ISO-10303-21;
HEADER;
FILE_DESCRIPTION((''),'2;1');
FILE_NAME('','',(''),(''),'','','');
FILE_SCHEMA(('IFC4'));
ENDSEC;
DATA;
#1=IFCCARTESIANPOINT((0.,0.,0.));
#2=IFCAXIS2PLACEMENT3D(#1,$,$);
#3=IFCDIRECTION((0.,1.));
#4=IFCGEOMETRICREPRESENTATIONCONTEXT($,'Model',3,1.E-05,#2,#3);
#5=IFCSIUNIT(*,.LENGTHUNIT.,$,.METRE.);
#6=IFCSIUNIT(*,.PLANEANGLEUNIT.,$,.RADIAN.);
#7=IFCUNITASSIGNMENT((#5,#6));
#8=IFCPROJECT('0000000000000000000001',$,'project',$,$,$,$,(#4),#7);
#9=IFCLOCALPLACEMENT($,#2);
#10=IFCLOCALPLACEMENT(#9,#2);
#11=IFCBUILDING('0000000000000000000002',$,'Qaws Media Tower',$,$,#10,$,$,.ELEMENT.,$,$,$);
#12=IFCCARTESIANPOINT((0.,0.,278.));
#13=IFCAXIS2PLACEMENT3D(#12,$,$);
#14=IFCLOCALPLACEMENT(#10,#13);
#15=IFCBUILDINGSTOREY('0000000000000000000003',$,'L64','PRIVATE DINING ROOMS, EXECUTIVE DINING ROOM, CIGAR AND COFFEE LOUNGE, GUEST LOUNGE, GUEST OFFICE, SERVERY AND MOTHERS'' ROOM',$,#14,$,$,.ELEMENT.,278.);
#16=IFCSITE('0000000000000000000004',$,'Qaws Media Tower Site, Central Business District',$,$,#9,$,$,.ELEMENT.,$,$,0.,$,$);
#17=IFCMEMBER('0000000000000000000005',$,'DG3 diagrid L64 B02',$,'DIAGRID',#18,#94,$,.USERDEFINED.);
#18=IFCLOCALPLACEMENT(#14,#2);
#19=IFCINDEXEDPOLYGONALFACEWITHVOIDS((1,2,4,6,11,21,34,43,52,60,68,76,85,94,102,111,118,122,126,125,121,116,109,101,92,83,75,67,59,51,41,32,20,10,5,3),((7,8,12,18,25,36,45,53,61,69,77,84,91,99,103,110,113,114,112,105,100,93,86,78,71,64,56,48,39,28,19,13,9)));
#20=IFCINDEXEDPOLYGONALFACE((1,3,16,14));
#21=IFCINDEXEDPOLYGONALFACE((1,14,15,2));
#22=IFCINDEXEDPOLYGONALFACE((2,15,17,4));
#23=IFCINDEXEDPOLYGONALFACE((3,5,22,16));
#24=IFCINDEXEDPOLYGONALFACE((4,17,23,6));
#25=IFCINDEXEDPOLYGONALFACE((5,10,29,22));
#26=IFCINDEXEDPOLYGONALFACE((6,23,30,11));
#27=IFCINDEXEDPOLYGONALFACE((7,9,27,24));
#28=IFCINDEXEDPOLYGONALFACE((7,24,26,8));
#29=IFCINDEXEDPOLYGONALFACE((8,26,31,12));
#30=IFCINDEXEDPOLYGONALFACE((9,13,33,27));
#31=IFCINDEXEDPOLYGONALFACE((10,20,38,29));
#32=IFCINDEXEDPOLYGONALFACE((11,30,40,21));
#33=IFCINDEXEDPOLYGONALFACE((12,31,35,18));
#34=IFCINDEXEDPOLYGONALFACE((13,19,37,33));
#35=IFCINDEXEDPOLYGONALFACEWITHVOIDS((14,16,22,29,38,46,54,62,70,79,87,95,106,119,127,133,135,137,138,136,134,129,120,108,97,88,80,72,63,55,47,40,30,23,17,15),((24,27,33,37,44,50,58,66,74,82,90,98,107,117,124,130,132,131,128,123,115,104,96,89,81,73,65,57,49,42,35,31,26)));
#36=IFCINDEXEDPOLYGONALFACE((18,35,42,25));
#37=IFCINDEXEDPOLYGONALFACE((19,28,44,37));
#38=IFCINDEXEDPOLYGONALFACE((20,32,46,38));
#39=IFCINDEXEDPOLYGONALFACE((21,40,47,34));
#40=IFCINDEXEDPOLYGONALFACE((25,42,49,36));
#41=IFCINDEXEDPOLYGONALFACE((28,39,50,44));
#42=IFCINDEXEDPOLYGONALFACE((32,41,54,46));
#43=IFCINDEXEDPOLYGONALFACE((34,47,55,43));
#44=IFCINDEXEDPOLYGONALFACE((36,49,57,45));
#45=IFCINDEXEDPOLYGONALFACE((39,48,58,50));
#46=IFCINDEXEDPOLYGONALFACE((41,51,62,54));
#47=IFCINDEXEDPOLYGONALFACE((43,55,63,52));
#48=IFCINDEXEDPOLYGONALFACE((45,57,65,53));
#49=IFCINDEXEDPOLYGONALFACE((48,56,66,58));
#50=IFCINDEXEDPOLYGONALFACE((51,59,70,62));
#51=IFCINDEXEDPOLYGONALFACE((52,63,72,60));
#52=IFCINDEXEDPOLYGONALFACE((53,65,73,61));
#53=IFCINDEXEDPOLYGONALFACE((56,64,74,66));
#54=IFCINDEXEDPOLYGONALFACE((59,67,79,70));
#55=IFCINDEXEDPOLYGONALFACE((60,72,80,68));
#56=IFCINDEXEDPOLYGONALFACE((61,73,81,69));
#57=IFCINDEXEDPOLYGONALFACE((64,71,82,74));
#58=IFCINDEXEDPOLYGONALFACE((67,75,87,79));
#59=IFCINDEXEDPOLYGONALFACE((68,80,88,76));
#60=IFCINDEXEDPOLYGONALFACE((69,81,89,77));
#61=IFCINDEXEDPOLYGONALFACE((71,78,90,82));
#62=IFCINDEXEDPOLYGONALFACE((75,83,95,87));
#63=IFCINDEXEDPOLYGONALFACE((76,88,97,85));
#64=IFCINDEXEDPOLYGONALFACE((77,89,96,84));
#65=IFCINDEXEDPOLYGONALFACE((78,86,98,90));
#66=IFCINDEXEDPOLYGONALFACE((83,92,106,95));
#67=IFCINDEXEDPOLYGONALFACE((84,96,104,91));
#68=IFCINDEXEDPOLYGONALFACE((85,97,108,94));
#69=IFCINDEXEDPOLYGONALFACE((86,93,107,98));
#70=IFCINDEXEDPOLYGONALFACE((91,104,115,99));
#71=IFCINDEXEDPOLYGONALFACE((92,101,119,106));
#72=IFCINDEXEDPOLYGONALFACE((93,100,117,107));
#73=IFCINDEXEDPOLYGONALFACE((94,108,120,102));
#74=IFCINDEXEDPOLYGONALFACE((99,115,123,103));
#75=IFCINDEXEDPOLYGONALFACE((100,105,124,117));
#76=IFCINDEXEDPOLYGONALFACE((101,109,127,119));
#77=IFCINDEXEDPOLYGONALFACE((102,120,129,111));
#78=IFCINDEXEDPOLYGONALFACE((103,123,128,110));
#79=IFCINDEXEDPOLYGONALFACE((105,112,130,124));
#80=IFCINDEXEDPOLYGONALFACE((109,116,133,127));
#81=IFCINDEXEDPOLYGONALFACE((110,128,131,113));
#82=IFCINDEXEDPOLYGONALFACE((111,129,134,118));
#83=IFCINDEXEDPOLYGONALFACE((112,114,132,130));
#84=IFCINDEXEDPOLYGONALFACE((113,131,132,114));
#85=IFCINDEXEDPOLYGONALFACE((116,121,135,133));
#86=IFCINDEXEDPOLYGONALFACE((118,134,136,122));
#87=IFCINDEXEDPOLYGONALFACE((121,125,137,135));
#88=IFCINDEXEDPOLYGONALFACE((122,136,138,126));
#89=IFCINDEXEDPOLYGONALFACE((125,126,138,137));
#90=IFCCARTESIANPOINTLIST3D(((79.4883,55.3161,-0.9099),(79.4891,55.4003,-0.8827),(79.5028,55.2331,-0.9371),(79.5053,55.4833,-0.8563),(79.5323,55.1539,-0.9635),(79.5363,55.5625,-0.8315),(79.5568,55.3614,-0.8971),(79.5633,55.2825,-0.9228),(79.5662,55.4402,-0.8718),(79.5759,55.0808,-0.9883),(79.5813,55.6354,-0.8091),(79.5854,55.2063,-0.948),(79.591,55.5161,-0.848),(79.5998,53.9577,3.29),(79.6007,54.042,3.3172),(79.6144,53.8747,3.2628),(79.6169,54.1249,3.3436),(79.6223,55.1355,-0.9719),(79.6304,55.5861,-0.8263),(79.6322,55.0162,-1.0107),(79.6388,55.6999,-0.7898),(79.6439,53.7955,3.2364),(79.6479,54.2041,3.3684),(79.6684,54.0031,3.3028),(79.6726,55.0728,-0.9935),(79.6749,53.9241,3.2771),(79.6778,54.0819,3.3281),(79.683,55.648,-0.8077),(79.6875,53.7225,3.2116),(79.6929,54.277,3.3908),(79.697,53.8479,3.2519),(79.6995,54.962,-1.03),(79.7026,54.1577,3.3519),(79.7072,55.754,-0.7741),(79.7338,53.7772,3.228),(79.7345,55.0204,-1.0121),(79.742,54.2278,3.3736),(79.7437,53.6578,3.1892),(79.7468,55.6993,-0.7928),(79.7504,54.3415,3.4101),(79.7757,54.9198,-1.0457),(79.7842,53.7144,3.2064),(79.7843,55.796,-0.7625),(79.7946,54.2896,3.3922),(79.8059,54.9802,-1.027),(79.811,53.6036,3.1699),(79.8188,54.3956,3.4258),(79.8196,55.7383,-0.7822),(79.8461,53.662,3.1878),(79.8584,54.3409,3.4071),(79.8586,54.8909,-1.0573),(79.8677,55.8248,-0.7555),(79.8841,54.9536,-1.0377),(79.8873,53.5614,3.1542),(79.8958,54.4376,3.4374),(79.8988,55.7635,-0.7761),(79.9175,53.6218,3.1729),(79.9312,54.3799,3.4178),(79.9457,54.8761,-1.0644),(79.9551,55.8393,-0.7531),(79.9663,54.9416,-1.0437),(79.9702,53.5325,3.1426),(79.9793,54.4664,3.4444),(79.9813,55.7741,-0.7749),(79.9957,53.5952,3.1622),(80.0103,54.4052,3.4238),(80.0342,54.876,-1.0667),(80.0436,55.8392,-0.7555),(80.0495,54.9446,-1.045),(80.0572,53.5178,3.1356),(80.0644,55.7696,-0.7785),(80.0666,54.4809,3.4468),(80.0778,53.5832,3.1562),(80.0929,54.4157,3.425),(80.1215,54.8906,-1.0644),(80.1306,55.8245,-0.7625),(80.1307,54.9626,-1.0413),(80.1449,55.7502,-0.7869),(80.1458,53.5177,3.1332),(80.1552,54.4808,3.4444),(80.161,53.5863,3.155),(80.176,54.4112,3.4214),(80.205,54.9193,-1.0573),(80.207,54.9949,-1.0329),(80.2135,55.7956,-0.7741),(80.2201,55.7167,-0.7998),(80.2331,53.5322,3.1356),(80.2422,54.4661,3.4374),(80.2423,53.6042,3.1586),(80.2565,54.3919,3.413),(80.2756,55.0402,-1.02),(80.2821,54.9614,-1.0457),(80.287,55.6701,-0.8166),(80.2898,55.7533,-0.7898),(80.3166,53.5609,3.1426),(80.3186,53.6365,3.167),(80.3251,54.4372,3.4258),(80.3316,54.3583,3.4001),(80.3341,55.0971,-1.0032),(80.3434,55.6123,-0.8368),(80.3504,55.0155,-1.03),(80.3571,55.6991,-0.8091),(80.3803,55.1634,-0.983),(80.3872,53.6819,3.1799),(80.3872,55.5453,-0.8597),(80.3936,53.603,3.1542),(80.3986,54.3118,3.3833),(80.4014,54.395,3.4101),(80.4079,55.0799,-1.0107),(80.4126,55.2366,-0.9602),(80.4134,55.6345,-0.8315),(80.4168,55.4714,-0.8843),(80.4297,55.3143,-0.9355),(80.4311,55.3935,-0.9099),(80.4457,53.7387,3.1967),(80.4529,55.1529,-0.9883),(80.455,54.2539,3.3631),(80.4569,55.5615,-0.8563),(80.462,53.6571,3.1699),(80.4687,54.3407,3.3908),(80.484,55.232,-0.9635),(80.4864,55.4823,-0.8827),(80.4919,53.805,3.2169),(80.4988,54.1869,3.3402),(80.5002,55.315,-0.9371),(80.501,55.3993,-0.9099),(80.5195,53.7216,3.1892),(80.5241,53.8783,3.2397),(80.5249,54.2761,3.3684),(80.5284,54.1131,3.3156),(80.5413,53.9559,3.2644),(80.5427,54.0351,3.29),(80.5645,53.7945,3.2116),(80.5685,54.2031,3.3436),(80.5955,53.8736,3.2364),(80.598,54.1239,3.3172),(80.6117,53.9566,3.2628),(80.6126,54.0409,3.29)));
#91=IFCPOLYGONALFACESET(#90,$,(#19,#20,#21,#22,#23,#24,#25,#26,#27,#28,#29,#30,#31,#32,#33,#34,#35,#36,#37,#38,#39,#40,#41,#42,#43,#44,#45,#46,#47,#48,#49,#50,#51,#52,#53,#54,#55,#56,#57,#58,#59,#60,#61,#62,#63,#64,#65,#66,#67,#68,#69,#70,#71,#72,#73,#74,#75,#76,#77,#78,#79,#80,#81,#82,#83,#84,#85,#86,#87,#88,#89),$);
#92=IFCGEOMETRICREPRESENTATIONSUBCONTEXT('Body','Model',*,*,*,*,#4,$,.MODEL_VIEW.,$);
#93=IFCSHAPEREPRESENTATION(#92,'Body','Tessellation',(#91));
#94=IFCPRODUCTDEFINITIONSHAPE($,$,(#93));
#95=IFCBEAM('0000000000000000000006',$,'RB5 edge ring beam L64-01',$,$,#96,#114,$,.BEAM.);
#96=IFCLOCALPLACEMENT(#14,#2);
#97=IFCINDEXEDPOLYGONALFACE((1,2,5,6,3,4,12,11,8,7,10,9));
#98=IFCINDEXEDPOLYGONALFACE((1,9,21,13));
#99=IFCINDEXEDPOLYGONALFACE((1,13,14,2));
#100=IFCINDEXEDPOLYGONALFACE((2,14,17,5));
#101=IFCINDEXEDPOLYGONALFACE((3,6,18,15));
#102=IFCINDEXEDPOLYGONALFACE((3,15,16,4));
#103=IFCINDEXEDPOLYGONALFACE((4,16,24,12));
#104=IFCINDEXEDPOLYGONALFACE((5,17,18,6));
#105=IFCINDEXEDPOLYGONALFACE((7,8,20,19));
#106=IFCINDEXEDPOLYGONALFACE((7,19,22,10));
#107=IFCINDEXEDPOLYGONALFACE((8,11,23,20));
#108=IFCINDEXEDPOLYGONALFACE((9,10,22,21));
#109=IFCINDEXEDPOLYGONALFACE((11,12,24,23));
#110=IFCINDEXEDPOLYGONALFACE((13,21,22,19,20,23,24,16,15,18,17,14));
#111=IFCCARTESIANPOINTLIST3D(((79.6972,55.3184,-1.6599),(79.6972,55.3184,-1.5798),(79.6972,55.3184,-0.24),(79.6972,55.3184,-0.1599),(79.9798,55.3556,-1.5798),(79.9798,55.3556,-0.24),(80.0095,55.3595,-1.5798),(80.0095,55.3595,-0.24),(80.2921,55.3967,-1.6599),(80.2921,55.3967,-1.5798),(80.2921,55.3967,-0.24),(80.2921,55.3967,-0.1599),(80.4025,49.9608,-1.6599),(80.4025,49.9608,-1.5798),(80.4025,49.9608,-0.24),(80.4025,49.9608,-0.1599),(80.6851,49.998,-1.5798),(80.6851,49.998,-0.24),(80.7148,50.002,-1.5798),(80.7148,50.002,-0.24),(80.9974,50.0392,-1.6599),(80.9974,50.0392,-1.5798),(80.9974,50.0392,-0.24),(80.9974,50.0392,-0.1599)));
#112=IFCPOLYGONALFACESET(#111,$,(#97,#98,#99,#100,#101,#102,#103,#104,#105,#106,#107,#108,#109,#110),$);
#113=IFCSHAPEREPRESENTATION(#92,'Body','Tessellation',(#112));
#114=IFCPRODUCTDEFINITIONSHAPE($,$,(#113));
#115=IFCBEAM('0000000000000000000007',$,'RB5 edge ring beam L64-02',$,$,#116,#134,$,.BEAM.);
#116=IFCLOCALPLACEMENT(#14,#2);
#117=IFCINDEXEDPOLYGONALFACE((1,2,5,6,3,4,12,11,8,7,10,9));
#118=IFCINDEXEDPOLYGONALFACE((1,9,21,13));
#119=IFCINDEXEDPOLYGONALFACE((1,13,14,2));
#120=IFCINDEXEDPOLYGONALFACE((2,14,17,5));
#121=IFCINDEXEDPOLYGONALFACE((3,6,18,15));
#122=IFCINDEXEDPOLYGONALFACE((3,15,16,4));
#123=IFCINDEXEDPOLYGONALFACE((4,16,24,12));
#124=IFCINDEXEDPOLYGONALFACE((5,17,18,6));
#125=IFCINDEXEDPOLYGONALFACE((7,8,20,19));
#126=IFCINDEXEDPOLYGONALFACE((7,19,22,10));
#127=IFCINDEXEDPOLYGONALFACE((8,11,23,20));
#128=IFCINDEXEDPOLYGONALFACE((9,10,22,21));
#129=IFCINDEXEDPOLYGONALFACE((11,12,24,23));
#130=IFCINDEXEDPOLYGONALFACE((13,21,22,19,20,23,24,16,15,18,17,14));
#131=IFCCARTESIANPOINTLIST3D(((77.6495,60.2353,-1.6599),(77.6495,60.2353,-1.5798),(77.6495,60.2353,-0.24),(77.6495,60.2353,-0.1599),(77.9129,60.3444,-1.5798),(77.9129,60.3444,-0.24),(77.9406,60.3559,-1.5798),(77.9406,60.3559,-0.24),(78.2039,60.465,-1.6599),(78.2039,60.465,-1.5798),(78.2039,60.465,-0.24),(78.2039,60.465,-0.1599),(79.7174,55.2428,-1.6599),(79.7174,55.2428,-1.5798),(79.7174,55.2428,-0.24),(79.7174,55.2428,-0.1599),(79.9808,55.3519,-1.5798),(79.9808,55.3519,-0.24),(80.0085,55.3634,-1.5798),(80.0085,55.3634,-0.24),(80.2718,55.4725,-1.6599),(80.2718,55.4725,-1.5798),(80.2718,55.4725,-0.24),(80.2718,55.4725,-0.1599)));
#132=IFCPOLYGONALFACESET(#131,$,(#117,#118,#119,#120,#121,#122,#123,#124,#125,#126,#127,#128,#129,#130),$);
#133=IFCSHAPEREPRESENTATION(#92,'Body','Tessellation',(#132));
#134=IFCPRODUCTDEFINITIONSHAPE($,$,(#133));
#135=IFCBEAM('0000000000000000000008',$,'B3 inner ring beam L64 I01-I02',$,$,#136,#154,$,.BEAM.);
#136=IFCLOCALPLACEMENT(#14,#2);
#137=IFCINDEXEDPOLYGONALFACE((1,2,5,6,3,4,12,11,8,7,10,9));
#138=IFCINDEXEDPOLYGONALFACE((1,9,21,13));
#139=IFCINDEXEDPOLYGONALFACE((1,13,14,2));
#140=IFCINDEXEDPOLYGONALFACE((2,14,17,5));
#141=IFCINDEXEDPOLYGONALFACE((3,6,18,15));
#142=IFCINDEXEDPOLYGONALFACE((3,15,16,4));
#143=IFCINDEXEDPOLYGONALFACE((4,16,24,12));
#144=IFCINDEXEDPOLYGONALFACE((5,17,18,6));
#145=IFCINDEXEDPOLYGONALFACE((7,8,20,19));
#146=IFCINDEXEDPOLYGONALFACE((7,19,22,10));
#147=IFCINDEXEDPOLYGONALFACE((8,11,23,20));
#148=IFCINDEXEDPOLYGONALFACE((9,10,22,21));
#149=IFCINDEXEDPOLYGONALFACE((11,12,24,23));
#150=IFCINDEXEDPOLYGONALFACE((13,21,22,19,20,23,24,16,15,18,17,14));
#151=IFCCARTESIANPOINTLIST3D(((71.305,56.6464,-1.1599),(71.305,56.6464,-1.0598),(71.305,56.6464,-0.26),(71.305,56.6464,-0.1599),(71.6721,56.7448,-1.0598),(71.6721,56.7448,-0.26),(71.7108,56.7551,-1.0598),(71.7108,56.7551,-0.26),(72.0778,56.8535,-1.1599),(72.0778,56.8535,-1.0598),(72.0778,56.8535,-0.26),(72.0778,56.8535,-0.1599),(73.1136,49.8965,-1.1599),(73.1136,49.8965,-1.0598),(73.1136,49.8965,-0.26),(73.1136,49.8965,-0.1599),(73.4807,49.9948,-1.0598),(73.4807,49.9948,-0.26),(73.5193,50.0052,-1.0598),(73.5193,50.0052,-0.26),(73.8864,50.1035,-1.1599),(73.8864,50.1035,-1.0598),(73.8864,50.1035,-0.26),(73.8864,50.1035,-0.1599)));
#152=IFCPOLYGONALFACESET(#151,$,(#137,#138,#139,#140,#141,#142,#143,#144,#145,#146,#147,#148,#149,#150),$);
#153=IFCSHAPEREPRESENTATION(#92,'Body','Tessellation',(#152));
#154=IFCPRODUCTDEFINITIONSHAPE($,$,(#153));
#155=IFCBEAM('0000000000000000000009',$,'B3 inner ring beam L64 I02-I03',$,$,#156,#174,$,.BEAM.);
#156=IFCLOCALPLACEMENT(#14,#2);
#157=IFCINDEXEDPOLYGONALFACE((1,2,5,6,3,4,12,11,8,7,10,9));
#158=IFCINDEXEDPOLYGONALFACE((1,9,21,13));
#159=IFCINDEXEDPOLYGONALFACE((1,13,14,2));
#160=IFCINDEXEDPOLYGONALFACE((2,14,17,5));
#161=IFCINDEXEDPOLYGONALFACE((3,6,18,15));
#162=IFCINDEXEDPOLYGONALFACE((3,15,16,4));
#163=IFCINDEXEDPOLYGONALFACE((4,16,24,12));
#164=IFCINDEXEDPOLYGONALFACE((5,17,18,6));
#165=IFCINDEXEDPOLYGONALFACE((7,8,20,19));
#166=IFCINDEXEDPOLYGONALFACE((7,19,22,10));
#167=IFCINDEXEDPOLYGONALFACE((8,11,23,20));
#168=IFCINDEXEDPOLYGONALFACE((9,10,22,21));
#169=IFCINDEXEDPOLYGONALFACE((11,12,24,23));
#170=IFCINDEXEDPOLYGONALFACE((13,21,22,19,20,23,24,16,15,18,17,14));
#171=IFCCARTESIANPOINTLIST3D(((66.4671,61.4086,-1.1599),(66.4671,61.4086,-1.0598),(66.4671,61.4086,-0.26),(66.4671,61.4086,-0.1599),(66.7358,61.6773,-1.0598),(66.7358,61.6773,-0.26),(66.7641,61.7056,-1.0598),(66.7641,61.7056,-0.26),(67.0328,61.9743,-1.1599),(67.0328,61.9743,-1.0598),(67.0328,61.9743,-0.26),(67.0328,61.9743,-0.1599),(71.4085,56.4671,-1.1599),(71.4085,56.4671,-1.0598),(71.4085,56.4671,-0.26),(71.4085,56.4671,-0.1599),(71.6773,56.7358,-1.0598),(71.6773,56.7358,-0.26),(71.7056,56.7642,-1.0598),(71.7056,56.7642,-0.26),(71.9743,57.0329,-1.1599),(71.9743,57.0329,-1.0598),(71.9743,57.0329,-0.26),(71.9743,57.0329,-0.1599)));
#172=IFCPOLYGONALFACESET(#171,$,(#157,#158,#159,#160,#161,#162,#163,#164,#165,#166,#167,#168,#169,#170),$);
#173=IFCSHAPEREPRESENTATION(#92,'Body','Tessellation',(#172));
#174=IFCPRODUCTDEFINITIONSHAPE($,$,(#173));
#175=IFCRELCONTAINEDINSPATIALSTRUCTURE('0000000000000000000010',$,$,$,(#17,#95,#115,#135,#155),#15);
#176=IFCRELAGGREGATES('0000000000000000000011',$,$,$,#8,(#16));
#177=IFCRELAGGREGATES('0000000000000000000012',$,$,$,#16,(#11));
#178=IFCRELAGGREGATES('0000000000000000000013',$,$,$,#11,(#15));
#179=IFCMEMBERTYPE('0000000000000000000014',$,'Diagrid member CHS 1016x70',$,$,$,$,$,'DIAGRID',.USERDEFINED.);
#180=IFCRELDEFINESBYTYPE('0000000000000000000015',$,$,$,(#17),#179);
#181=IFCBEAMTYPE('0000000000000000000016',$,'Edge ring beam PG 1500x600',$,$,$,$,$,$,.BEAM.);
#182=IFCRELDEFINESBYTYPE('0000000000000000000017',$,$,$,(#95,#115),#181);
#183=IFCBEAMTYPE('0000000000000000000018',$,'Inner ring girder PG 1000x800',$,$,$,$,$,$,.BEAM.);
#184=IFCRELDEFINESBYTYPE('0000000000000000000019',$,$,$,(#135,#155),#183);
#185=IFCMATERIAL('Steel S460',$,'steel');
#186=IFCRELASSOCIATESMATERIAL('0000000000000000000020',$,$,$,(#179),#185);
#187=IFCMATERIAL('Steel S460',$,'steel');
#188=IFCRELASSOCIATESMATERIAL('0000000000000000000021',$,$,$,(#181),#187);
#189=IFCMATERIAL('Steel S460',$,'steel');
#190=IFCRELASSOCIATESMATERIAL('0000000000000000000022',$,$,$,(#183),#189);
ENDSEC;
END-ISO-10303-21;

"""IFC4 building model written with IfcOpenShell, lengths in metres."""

from ifc_helpers import new_model, si_unit, direction, frame, origin, origin_2d, place, context, subcontext, project, spatial, hollow_circle, i_section, extrude, material, material_profile, profile_set, type_object, element, save


model = new_model("IFC4")

# Units and contexts
model_context = context("Model", 3, precision=1e-05, world=origin(), true_north=direction((0.0, 1.0)))
body_context = subcontext(model_context, "Body", "Model", "MODEL_VIEW")
ifc_project = project(units=[si_unit("LENGTHUNIT", "METRE"), si_unit("PLANEANGLEUNIT", "RADIAN")], contexts=[model_context])

# Site, building, storey
site_placement = place(None, origin())
site = spatial("IfcSite", under=ifc_project, at=site_placement, Name="Qaws Media Tower Site, Central Business District", CompositionType="ELEMENT", RefElevation=0.0)
building_placement = place(site_placement, origin())
building = spatial("IfcBuilding", under=site, at=building_placement, Name="Qaws Media Tower", CompositionType="ELEMENT")
storey_placement = place(building_placement, frame((0.0, 0.0, 278.0)))
storey = spatial("IfcBuildingStorey", under=building, at=storey_placement, Name="L64", Description="PRIVATE DINING ROOMS, EXECUTIVE DINING ROOM, CIGAR AND COFFEE LOUNGE, GUEST LOUNGE, GUEST OFFICE, SERVERY AND MOTHERS' ROOM", CompositionType="ELEMENT", Elevation=278.0)

# Member
ifc_material_1 = material(Name="Steel S460", Category="steel")
ifc_material_profile_1 = material_profile(ifc_material_1, hollow_circle(Radius=0.5081, WallThickness=0.0701, at=origin_2d()), Name="CHS 1016x70")
ifc_profile_set_1 = profile_set([ifc_material_profile_1], Name="Steel S460")
member_type_1 = type_object("IfcMemberType", Name="Diagrid member CHS 1016x70", ElementType="DIAGRID", PredefinedType="USERDEFINED", material=ifc_profile_set_1)
for number, where, z_axis, x_axis, name in (
    (1, (79.9946, 55.3577, -0.9099), (0.025268, -0.307638, 0.951168), (0.996644, 0.081859, 0.0), "DG3 diagrid L64 B02"),
):
    element("IfcMember", number, at=place(storey_placement, frame(where, z_axis=z_axis, x_axis=x_axis)), inside=storey, type_object=member_type_1, Name=name, ObjectType="DIAGRID", PredefinedType="USERDEFINED", context=body_context, shape_type="SweptSolid", body=[
        extrude(hollow_circle(Radius=0.5081, WallThickness=0.0701, at=origin_2d()), origin(), (0.0, 0.0, 1.0), 4.4155),
    ])

# Beams
ifc_material_2 = material(Name="Steel S460", Category="steel")
ifc_material_profile_2 = material_profile(ifc_material_2, i_section(OverallWidth=0.6001, OverallDepth=1.5, WebThickness=0.03, FlangeThickness=0.0801, at=origin_2d()), Name="PG 1500x600")
ifc_profile_set_2 = profile_set([ifc_material_profile_2], Name="Steel S460")
beam_type_1 = type_object("IfcBeamType", Name="Edge ring beam PG 1500x600", PredefinedType="BEAM", material=ifc_profile_set_2)
for number, where, z_axis, x_axis, name in (
    (2, (80.7, 50.0, -0.9099), (-0.130521, 0.991446, 0.0), (-0.991446, -0.130521, 0.0), "RB5 edge ring beam L64-01"),
    (3, (79.9946, 55.3577, -0.9099), (-0.382674, 0.923884, 0.0), (-0.923884, -0.382674, 0.0), "RB5 edge ring beam L64-02"),
):
    element("IfcBeam", number, at=place(storey_placement, frame(where, z_axis=z_axis, x_axis=x_axis)), inside=storey, type_object=beam_type_1, Name=name, PredefinedType="BEAM", context=body_context, shape_type="SweptSolid", body=[
        extrude(i_section(OverallWidth=0.6001, OverallDepth=1.5, WebThickness=0.03, FlangeThickness=0.0801, at=origin_2d()), origin(), (0.0, 0.0, 1.0), 5.4038),
    ])
ifc_material_3 = material(Name="Steel S460", Category="steel")
ifc_material_profile_3 = material_profile(ifc_material_3, i_section(OverallWidth=0.8, OverallDepth=1.0, WebThickness=0.04, FlangeThickness=0.1001, at=origin_2d()), Name="PG 1000x800")
ifc_profile_set_3 = profile_set([ifc_material_profile_3], Name="Steel S460")
beam_type_2 = type_object("IfcBeamType", Name="Inner ring girder PG 1000x800", PredefinedType="BEAM", material=ifc_profile_set_3)
beam_1_placement = place(storey_placement, frame((73.5, 50.0, -0.6599), z_axis=(-0.258811, 0.965928, 0.0), x_axis=(-0.965928, -0.258811, 0.0)))
element("IfcBeam", 4, at=beam_1_placement, inside=storey, type_object=beam_type_2, Name="B3 inner ring beam L64 I01-I02", PredefinedType="BEAM", context=body_context, shape_type="SweptSolid", body=[
    extrude(i_section(OverallWidth=0.8, OverallDepth=1.0, WebThickness=0.04, FlangeThickness=0.1001, at=origin_2d()), origin(), (0.0, 0.0, 1.0), 6.988),
])
beam_2_placement = place(storey_placement, frame((71.6914, 56.75, -0.6599), z_axis=(-0.707107, 0.707107, 0.0), x_axis=(-0.707107, -0.707107, 0.0)))
element("IfcBeam", 5, at=beam_2_placement, inside=storey, type_object=beam_type_2, Name="B3 inner ring beam L64 I02-I03", PredefinedType="BEAM", context=body_context, shape_type="SweptSolid", body=[
    extrude(i_section(OverallWidth=0.8, OverallDepth=1.0, WebThickness=0.04, FlangeThickness=0.1001, at=origin_2d()), origin(), (0.0, 0.0, 1.0), 6.9883),
])

save(model, "model.ifc")
